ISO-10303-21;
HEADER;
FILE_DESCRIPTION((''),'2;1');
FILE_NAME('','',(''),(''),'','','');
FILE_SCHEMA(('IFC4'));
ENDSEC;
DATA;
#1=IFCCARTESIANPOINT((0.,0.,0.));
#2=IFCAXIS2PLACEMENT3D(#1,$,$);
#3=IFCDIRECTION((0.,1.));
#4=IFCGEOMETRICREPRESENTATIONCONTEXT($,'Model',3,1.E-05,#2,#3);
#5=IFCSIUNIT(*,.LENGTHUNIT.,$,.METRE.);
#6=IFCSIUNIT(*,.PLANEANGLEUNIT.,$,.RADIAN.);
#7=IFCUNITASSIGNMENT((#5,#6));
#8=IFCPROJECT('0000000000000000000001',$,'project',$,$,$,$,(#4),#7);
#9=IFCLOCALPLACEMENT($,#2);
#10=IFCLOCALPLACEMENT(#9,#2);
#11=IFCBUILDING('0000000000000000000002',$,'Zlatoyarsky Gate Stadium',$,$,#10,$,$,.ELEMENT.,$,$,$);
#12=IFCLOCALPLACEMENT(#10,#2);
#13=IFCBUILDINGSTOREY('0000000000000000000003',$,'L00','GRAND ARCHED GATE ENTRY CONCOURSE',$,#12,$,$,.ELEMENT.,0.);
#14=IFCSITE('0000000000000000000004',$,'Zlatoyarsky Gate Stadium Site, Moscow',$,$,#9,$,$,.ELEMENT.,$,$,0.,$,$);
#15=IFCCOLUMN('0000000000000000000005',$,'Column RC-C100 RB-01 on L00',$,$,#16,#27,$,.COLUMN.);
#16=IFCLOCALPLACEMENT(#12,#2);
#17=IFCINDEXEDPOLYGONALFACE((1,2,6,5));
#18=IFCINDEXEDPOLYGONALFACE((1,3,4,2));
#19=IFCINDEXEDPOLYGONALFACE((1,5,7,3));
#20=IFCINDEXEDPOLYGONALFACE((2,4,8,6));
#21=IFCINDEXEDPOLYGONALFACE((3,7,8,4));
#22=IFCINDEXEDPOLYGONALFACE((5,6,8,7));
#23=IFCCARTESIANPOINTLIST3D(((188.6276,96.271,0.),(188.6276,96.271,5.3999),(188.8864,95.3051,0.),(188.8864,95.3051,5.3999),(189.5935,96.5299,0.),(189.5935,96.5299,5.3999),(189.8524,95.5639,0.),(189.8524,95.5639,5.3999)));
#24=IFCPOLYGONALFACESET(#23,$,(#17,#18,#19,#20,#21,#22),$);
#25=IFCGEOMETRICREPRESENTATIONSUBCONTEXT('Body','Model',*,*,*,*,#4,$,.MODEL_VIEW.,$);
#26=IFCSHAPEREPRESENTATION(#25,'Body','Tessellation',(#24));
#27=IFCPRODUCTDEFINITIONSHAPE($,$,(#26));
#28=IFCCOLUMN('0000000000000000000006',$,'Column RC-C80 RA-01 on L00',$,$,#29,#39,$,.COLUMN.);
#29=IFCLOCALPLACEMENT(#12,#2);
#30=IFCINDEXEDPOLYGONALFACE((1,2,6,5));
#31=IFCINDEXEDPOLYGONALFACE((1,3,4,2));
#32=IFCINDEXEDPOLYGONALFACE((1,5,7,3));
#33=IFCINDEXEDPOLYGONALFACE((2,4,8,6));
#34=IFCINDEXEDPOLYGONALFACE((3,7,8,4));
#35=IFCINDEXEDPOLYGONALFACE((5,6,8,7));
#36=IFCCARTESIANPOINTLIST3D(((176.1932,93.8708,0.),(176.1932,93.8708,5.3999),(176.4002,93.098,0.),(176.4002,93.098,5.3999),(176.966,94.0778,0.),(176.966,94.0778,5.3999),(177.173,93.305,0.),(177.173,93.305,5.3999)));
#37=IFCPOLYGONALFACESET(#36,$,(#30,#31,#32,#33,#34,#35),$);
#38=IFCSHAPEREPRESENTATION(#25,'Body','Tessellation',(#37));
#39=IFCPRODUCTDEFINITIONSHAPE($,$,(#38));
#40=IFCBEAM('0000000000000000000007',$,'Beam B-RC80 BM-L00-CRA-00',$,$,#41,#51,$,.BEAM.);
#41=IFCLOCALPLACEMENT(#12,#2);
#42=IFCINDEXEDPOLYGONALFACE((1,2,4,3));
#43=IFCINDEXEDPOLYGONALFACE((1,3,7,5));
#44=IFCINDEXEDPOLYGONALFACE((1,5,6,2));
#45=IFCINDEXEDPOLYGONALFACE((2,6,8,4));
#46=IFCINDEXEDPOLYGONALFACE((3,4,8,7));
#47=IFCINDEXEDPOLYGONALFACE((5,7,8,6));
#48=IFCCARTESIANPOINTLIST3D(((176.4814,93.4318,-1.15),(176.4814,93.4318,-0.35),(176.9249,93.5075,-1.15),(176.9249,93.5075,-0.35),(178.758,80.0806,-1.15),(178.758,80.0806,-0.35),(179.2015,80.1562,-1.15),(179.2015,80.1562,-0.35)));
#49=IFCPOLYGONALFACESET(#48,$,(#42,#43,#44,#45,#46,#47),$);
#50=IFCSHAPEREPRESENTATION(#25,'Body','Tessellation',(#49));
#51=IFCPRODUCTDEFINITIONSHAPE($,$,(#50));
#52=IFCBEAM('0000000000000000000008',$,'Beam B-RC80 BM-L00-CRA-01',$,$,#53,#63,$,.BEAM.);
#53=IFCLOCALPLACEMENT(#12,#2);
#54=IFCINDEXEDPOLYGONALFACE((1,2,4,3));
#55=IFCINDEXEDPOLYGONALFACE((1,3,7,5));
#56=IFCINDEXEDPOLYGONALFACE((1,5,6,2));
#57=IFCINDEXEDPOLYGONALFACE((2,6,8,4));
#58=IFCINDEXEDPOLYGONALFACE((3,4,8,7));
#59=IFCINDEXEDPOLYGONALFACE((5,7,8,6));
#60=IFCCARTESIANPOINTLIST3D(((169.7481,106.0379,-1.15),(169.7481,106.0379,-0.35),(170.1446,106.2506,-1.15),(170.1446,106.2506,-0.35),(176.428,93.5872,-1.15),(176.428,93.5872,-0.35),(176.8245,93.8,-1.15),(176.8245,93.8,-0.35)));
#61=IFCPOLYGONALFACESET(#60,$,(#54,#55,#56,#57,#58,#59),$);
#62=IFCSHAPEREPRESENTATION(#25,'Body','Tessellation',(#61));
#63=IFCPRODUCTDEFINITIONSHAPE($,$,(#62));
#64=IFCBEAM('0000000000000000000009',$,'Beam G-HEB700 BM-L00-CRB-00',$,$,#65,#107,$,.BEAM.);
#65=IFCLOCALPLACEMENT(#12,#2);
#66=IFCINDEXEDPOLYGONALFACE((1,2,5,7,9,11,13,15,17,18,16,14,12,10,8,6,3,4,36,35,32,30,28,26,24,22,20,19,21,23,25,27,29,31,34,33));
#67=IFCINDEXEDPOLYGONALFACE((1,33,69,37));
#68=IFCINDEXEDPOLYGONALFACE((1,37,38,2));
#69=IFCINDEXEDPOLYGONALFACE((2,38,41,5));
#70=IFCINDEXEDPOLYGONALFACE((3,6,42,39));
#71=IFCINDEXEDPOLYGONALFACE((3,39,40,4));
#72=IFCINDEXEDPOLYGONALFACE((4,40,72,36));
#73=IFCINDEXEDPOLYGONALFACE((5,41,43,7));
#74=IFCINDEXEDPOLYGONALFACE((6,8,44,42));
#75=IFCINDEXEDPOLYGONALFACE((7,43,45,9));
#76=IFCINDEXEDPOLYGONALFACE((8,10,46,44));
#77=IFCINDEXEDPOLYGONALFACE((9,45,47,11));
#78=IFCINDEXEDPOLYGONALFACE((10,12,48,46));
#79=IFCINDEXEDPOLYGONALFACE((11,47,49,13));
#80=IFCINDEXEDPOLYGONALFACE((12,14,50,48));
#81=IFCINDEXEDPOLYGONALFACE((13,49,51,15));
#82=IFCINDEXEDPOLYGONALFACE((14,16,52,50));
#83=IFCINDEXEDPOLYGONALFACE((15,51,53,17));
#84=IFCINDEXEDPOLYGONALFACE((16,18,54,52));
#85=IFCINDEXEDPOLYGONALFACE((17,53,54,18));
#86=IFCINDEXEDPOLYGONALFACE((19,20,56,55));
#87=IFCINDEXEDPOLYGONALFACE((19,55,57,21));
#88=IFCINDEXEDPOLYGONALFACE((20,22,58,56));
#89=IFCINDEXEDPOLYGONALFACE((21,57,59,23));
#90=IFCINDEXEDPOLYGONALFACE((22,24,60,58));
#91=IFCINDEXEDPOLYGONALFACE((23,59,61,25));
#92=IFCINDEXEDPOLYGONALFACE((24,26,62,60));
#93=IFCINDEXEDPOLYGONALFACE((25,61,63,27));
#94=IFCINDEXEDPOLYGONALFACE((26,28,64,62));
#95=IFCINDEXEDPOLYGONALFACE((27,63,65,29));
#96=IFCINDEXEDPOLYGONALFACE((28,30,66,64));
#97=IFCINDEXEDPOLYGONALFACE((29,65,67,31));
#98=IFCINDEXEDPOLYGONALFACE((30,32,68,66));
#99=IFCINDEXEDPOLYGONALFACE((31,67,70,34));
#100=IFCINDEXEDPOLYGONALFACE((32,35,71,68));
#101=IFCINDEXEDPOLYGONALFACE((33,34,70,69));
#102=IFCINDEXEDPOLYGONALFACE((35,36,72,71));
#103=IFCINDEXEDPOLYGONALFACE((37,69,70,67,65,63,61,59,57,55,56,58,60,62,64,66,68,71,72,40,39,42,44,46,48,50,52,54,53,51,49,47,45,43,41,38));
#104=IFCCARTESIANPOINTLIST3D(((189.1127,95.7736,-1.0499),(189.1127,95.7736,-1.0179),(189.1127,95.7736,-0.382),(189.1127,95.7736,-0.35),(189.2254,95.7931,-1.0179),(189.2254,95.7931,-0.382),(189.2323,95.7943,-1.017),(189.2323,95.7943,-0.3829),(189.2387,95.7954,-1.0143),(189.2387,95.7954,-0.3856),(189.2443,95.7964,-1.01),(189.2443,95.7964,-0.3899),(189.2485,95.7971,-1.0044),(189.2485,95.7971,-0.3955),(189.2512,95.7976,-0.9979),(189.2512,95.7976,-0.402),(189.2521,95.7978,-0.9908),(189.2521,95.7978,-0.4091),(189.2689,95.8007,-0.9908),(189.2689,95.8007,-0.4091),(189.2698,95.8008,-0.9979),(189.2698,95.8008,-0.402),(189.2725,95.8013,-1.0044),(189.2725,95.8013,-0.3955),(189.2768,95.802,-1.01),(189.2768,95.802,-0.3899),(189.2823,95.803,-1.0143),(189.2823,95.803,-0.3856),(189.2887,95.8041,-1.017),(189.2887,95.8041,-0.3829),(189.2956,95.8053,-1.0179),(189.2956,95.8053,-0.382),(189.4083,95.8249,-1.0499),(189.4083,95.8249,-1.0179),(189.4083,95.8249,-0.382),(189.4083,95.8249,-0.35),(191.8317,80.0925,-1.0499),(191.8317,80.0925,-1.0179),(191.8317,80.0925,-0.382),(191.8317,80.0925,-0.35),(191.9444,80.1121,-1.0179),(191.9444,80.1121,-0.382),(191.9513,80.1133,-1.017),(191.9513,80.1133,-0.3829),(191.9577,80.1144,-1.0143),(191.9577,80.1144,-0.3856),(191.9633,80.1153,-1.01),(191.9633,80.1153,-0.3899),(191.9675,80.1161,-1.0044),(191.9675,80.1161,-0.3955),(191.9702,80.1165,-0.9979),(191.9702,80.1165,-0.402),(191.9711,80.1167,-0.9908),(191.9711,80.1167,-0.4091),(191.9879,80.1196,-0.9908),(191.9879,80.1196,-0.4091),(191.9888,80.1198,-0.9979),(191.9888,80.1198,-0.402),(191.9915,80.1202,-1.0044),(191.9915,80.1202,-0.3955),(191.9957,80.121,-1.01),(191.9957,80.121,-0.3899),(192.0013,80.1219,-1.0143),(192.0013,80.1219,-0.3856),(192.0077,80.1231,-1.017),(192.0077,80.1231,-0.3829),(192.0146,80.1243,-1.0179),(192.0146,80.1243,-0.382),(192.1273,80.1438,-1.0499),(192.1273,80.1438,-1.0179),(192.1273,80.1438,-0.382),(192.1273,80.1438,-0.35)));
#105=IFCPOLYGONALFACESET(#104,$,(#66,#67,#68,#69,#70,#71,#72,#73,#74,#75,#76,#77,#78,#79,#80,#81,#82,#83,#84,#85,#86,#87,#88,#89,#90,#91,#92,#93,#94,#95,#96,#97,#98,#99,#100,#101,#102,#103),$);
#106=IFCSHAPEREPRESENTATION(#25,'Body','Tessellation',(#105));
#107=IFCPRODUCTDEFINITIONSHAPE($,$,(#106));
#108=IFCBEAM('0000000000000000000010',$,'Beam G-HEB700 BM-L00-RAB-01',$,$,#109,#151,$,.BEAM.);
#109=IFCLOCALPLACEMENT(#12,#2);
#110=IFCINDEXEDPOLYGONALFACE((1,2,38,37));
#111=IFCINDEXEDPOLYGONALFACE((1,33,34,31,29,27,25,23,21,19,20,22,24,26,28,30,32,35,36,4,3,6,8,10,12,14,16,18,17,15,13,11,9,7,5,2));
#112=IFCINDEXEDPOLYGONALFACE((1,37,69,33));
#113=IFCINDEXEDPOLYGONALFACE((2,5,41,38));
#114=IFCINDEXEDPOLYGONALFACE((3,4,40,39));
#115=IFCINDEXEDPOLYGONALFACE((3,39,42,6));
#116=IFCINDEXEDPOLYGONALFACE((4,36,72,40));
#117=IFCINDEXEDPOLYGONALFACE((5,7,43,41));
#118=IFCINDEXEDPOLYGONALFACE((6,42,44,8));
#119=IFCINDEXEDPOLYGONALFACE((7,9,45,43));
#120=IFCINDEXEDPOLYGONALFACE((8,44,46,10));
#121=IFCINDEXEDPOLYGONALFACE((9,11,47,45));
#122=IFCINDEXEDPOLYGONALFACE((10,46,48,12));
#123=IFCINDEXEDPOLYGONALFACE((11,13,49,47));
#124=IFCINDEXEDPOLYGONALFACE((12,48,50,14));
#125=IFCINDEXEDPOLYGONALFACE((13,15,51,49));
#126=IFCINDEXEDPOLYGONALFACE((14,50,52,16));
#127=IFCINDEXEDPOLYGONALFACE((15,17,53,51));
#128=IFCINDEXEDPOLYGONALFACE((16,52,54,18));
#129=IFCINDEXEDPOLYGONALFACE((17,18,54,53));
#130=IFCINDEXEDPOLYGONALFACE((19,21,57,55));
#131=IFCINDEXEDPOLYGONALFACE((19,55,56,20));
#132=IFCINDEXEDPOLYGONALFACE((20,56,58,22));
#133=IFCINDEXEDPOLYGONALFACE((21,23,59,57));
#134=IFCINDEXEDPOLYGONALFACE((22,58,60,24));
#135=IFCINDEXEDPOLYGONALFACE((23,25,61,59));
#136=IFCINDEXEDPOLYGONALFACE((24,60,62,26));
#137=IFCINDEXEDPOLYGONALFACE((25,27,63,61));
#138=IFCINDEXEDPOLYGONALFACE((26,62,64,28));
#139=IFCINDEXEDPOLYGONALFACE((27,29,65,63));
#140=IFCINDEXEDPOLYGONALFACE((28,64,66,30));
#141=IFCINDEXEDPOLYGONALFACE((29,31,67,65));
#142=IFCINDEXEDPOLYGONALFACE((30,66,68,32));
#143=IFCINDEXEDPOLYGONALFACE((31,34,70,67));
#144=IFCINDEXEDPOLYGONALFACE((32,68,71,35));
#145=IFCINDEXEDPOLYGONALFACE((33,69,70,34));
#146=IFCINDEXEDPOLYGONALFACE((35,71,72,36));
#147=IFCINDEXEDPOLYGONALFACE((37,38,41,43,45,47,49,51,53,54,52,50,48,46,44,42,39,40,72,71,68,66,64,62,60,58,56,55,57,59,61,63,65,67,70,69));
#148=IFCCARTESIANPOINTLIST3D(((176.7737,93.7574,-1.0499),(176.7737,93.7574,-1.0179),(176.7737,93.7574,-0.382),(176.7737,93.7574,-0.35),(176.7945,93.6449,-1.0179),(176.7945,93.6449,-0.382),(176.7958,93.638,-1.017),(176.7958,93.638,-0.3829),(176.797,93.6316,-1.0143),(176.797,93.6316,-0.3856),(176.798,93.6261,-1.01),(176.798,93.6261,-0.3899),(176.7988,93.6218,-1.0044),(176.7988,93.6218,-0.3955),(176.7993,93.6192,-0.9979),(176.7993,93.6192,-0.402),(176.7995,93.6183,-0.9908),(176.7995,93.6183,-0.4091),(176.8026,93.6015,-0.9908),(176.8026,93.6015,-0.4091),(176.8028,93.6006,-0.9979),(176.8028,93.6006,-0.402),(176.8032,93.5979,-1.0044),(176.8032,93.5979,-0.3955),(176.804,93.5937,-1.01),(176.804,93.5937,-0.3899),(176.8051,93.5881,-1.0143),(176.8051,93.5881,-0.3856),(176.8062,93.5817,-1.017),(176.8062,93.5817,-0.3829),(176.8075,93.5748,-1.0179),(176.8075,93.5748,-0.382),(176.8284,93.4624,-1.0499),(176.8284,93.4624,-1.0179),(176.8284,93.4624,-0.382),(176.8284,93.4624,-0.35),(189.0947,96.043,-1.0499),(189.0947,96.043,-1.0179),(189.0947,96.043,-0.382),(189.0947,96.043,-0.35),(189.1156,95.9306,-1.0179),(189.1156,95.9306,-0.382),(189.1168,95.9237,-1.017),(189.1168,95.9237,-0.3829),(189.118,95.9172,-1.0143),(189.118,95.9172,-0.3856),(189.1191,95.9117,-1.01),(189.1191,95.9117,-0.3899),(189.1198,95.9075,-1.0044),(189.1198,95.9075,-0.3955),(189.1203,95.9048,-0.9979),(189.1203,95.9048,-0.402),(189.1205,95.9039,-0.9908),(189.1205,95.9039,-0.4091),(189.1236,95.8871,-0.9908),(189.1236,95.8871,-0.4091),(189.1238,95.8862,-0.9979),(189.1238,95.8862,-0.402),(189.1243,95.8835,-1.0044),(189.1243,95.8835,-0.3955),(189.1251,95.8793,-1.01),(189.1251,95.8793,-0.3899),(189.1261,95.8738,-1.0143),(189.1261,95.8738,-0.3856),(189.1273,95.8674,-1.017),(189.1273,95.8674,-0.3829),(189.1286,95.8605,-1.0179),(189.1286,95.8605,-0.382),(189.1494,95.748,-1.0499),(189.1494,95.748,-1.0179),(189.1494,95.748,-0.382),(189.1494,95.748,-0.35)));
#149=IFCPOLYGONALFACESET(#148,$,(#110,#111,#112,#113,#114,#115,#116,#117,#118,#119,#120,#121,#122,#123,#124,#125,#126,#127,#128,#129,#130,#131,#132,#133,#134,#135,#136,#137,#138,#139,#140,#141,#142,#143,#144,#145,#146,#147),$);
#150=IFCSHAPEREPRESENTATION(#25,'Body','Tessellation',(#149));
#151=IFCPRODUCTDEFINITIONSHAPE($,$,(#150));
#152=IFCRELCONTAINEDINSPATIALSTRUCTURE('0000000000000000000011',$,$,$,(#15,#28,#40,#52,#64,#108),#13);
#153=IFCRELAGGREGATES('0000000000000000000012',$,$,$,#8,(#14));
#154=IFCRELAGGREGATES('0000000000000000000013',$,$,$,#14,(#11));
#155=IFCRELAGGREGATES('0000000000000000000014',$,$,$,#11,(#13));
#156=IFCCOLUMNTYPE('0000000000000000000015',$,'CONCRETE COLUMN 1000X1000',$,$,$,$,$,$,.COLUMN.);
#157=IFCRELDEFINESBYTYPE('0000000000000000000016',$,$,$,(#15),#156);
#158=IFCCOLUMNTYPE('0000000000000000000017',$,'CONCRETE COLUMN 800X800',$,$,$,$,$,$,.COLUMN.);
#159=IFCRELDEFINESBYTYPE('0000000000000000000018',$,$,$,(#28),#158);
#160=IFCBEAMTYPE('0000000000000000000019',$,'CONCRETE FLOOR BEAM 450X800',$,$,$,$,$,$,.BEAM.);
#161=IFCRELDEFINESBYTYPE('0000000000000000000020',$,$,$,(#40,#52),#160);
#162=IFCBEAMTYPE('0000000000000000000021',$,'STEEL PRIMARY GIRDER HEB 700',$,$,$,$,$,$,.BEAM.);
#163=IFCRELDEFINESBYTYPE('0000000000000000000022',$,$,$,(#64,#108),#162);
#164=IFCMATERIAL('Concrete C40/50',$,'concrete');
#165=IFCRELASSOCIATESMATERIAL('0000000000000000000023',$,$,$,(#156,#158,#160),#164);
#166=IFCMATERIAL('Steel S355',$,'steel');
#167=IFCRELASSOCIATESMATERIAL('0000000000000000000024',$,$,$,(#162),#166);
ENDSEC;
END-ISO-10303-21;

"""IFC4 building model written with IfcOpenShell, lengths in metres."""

from ifc_helpers import new_model, si_unit, direction, frame, origin, origin_2d, place, context, subcontext, project, spatial, rectangle, i_section, extrude, material, material_profile, profile_set, type_object, element, save


model = new_model("IFC4")

# Units and contexts
model_context = context("Model", 3, precision=1e-05, world=origin(), true_north=direction((0.0, 1.0)))
body_context = subcontext(model_context, "Body", "Model", "MODEL_VIEW")
ifc_project = project(units=[si_unit("LENGTHUNIT", "METRE"), si_unit("PLANEANGLEUNIT", "RADIAN")], contexts=[model_context])

# Site, building, storey
site_placement = place(None, origin())
site = spatial("IfcSite", under=ifc_project, at=site_placement, Name="Zlatoyarsky Gate Stadium Site, Moscow", CompositionType="ELEMENT", RefElevation=0.0)
building_placement = place(site_placement, origin())
building = spatial("IfcBuilding", under=site, at=building_placement, Name="Zlatoyarsky Gate Stadium", CompositionType="ELEMENT")
storey_placement = place(building_placement, origin())
storey = spatial("IfcBuildingStorey", under=building, at=storey_placement, Name="L00", Description="GRAND ARCHED GATE ENTRY CONCOURSE", CompositionType="ELEMENT", Elevation=0.0)

# Columns
ifc_material_1 = material(Name="Concrete C40/50", Category="concrete")
ifc_material_profile_1 = material_profile(ifc_material_1, rectangle(XDim=1.0, YDim=1.0, at=origin_2d()), Name="RC COL 1000X1000")
ifc_profile_set_1 = profile_set([ifc_material_profile_1], Name="Concrete C40/50")
column_type_1 = type_object("IfcColumnType", Name="CONCRETE COLUMN 1000X1000", PredefinedType="COLUMN", material=ifc_profile_set_1)
column_1_placement = place(storey_placement, frame((189.24, 95.9175, 0.0), z_axis=(0.0, 0.0, 1.0), x_axis=(0.965926, 0.258819, 0.0)))
element("IfcColumn", 1, at=column_1_placement, inside=storey, type_object=column_type_1, Name="Column RC-C100 RB-01 on L00", PredefinedType="COLUMN", context=body_context, shape_type="SweptSolid", body=[
    extrude(rectangle(XDim=1.0, YDim=1.0, at=origin_2d()), origin(), (0.0, 0.0, 1.0), 5.3999),
])
ifc_material_profile_2 = material_profile(ifc_material_1, rectangle(XDim=0.8, YDim=0.8, at=origin_2d()), Name="RC COL 800X800")
ifc_profile_set_2 = profile_set([ifc_material_profile_2], Name="Concrete C40/50")
column_type_2 = type_object("IfcColumnType", Name="CONCRETE COLUMN 800X800", PredefinedType="COLUMN", material=ifc_profile_set_2)
column_2_placement = place(storey_placement, frame((176.6831, 93.5879, 0.0), z_axis=(0.0, 0.0, 1.0), x_axis=(0.965926, 0.258819, 0.0)))
element("IfcColumn", 2, at=column_2_placement, inside=storey, type_object=column_type_2, Name="Column RC-C80 RA-01 on L00", PredefinedType="COLUMN", context=body_context, shape_type="SweptSolid", body=[
    extrude(rectangle(XDim=0.8, YDim=0.8, at=origin_2d()), origin(), (0.0, 0.0, 1.0), 5.3999),
])

# Beams
ifc_material_profile_3 = material_profile(ifc_material_1, rectangle(XDim=0.45, YDim=0.8, at=origin_2d()), Name="RC BEAM 450X800")
ifc_profile_set_3 = profile_set([ifc_material_profile_3], Name="Concrete C40/50")
beam_type_1 = type_object("IfcBeamType", Name="CONCRETE FLOOR BEAM 450X800", PredefinedType="BEAM", material=ifc_profile_set_3)
beam_1_placement = place(storey_placement, frame((178.9797, 80.1184, -0.75), z_axis=(-0.16809, 0.985772, 0.0), x_axis=(-0.985772, -0.16809, 0.0)))
element("IfcBeam", 3, at=beam_1_placement, inside=storey, type_object=beam_type_1, Name="Beam B-RC80 BM-L00-CRA-00", PredefinedType="BEAM", context=body_context, shape_type="SweptSolid", body=[
    extrude(rectangle(XDim=0.45, YDim=0.8, at=origin_2d()), origin(), (0.0, 0.0, 1.0), 13.5439),
])
beam_2_placement = place(storey_placement, frame((176.6262, 93.6936, -0.75), z_axis=(-0.472767, 0.881187, 0.0), x_axis=(-0.881187, -0.472767, 0.0)))
element("IfcBeam", 4, at=beam_2_placement, inside=storey, type_object=beam_type_1, Name="Beam B-RC80 BM-L00-CRA-01", PredefinedType="BEAM", context=body_context, shape_type="SweptSolid", body=[
    extrude(rectangle(XDim=0.45, YDim=0.8, at=origin_2d()), origin(), (0.0, 0.0, 1.0), 14.1294),
])
ifc_material_2 = material(Name="Steel S355", Category="steel")
ifc_material_profile_4 = material_profile(ifc_material_2, i_section(OverallWidth=0.3, OverallDepth=0.7, WebThickness=0.0171, FlangeThickness=0.032, FilletRadius=0.0271, at=origin_2d()), Name="HEB 700")
ifc_profile_set_4 = profile_set([ifc_material_profile_4], Name="Steel S355")
beam_type_2 = type_object("IfcBeamType", Name="STEEL PRIMARY GIRDER HEB 700", PredefinedType="BEAM", material=ifc_profile_set_4)
beam_3_placement = place(storey_placement, frame((191.9795, 80.1182, -0.7), z_axis=(-0.170843, 0.985298, 0.0), x_axis=(-0.985298, -0.170843, 0.0)))
element("IfcBeam", 5, at=beam_3_placement, inside=storey, type_object=beam_type_2, Name="Beam G-HEB700 BM-L00-CRB-00", PredefinedType="BEAM", context=body_context, shape_type="SweptSolid", body=[
    extrude(i_section(OverallWidth=0.3, OverallDepth=0.7, WebThickness=0.0171, FlangeThickness=0.032, FilletRadius=0.0271, at=origin_2d()), origin(), (0.0, 0.0, 1.0), 15.915),
])
beam_4_placement = place(storey_placement, frame((176.801, 93.6099, -0.7), z_axis=(0.983225, 0.182396, 0.0), x_axis=(-0.182396, 0.983225, 0.0)))
element("IfcBeam", 6, at=beam_4_placement, inside=storey, type_object=beam_type_2, Name="Beam G-HEB700 BM-L00-RAB-01", PredefinedType="BEAM", context=body_context, shape_type="SweptSolid", body=[
    extrude(i_section(OverallWidth=0.3, OverallDepth=0.7, WebThickness=0.0171, FlangeThickness=0.032, FilletRadius=0.0271, at=origin_2d()), origin(), (0.0, 0.0, 1.0), 12.5312),
])

save(model, "model.ifc")
